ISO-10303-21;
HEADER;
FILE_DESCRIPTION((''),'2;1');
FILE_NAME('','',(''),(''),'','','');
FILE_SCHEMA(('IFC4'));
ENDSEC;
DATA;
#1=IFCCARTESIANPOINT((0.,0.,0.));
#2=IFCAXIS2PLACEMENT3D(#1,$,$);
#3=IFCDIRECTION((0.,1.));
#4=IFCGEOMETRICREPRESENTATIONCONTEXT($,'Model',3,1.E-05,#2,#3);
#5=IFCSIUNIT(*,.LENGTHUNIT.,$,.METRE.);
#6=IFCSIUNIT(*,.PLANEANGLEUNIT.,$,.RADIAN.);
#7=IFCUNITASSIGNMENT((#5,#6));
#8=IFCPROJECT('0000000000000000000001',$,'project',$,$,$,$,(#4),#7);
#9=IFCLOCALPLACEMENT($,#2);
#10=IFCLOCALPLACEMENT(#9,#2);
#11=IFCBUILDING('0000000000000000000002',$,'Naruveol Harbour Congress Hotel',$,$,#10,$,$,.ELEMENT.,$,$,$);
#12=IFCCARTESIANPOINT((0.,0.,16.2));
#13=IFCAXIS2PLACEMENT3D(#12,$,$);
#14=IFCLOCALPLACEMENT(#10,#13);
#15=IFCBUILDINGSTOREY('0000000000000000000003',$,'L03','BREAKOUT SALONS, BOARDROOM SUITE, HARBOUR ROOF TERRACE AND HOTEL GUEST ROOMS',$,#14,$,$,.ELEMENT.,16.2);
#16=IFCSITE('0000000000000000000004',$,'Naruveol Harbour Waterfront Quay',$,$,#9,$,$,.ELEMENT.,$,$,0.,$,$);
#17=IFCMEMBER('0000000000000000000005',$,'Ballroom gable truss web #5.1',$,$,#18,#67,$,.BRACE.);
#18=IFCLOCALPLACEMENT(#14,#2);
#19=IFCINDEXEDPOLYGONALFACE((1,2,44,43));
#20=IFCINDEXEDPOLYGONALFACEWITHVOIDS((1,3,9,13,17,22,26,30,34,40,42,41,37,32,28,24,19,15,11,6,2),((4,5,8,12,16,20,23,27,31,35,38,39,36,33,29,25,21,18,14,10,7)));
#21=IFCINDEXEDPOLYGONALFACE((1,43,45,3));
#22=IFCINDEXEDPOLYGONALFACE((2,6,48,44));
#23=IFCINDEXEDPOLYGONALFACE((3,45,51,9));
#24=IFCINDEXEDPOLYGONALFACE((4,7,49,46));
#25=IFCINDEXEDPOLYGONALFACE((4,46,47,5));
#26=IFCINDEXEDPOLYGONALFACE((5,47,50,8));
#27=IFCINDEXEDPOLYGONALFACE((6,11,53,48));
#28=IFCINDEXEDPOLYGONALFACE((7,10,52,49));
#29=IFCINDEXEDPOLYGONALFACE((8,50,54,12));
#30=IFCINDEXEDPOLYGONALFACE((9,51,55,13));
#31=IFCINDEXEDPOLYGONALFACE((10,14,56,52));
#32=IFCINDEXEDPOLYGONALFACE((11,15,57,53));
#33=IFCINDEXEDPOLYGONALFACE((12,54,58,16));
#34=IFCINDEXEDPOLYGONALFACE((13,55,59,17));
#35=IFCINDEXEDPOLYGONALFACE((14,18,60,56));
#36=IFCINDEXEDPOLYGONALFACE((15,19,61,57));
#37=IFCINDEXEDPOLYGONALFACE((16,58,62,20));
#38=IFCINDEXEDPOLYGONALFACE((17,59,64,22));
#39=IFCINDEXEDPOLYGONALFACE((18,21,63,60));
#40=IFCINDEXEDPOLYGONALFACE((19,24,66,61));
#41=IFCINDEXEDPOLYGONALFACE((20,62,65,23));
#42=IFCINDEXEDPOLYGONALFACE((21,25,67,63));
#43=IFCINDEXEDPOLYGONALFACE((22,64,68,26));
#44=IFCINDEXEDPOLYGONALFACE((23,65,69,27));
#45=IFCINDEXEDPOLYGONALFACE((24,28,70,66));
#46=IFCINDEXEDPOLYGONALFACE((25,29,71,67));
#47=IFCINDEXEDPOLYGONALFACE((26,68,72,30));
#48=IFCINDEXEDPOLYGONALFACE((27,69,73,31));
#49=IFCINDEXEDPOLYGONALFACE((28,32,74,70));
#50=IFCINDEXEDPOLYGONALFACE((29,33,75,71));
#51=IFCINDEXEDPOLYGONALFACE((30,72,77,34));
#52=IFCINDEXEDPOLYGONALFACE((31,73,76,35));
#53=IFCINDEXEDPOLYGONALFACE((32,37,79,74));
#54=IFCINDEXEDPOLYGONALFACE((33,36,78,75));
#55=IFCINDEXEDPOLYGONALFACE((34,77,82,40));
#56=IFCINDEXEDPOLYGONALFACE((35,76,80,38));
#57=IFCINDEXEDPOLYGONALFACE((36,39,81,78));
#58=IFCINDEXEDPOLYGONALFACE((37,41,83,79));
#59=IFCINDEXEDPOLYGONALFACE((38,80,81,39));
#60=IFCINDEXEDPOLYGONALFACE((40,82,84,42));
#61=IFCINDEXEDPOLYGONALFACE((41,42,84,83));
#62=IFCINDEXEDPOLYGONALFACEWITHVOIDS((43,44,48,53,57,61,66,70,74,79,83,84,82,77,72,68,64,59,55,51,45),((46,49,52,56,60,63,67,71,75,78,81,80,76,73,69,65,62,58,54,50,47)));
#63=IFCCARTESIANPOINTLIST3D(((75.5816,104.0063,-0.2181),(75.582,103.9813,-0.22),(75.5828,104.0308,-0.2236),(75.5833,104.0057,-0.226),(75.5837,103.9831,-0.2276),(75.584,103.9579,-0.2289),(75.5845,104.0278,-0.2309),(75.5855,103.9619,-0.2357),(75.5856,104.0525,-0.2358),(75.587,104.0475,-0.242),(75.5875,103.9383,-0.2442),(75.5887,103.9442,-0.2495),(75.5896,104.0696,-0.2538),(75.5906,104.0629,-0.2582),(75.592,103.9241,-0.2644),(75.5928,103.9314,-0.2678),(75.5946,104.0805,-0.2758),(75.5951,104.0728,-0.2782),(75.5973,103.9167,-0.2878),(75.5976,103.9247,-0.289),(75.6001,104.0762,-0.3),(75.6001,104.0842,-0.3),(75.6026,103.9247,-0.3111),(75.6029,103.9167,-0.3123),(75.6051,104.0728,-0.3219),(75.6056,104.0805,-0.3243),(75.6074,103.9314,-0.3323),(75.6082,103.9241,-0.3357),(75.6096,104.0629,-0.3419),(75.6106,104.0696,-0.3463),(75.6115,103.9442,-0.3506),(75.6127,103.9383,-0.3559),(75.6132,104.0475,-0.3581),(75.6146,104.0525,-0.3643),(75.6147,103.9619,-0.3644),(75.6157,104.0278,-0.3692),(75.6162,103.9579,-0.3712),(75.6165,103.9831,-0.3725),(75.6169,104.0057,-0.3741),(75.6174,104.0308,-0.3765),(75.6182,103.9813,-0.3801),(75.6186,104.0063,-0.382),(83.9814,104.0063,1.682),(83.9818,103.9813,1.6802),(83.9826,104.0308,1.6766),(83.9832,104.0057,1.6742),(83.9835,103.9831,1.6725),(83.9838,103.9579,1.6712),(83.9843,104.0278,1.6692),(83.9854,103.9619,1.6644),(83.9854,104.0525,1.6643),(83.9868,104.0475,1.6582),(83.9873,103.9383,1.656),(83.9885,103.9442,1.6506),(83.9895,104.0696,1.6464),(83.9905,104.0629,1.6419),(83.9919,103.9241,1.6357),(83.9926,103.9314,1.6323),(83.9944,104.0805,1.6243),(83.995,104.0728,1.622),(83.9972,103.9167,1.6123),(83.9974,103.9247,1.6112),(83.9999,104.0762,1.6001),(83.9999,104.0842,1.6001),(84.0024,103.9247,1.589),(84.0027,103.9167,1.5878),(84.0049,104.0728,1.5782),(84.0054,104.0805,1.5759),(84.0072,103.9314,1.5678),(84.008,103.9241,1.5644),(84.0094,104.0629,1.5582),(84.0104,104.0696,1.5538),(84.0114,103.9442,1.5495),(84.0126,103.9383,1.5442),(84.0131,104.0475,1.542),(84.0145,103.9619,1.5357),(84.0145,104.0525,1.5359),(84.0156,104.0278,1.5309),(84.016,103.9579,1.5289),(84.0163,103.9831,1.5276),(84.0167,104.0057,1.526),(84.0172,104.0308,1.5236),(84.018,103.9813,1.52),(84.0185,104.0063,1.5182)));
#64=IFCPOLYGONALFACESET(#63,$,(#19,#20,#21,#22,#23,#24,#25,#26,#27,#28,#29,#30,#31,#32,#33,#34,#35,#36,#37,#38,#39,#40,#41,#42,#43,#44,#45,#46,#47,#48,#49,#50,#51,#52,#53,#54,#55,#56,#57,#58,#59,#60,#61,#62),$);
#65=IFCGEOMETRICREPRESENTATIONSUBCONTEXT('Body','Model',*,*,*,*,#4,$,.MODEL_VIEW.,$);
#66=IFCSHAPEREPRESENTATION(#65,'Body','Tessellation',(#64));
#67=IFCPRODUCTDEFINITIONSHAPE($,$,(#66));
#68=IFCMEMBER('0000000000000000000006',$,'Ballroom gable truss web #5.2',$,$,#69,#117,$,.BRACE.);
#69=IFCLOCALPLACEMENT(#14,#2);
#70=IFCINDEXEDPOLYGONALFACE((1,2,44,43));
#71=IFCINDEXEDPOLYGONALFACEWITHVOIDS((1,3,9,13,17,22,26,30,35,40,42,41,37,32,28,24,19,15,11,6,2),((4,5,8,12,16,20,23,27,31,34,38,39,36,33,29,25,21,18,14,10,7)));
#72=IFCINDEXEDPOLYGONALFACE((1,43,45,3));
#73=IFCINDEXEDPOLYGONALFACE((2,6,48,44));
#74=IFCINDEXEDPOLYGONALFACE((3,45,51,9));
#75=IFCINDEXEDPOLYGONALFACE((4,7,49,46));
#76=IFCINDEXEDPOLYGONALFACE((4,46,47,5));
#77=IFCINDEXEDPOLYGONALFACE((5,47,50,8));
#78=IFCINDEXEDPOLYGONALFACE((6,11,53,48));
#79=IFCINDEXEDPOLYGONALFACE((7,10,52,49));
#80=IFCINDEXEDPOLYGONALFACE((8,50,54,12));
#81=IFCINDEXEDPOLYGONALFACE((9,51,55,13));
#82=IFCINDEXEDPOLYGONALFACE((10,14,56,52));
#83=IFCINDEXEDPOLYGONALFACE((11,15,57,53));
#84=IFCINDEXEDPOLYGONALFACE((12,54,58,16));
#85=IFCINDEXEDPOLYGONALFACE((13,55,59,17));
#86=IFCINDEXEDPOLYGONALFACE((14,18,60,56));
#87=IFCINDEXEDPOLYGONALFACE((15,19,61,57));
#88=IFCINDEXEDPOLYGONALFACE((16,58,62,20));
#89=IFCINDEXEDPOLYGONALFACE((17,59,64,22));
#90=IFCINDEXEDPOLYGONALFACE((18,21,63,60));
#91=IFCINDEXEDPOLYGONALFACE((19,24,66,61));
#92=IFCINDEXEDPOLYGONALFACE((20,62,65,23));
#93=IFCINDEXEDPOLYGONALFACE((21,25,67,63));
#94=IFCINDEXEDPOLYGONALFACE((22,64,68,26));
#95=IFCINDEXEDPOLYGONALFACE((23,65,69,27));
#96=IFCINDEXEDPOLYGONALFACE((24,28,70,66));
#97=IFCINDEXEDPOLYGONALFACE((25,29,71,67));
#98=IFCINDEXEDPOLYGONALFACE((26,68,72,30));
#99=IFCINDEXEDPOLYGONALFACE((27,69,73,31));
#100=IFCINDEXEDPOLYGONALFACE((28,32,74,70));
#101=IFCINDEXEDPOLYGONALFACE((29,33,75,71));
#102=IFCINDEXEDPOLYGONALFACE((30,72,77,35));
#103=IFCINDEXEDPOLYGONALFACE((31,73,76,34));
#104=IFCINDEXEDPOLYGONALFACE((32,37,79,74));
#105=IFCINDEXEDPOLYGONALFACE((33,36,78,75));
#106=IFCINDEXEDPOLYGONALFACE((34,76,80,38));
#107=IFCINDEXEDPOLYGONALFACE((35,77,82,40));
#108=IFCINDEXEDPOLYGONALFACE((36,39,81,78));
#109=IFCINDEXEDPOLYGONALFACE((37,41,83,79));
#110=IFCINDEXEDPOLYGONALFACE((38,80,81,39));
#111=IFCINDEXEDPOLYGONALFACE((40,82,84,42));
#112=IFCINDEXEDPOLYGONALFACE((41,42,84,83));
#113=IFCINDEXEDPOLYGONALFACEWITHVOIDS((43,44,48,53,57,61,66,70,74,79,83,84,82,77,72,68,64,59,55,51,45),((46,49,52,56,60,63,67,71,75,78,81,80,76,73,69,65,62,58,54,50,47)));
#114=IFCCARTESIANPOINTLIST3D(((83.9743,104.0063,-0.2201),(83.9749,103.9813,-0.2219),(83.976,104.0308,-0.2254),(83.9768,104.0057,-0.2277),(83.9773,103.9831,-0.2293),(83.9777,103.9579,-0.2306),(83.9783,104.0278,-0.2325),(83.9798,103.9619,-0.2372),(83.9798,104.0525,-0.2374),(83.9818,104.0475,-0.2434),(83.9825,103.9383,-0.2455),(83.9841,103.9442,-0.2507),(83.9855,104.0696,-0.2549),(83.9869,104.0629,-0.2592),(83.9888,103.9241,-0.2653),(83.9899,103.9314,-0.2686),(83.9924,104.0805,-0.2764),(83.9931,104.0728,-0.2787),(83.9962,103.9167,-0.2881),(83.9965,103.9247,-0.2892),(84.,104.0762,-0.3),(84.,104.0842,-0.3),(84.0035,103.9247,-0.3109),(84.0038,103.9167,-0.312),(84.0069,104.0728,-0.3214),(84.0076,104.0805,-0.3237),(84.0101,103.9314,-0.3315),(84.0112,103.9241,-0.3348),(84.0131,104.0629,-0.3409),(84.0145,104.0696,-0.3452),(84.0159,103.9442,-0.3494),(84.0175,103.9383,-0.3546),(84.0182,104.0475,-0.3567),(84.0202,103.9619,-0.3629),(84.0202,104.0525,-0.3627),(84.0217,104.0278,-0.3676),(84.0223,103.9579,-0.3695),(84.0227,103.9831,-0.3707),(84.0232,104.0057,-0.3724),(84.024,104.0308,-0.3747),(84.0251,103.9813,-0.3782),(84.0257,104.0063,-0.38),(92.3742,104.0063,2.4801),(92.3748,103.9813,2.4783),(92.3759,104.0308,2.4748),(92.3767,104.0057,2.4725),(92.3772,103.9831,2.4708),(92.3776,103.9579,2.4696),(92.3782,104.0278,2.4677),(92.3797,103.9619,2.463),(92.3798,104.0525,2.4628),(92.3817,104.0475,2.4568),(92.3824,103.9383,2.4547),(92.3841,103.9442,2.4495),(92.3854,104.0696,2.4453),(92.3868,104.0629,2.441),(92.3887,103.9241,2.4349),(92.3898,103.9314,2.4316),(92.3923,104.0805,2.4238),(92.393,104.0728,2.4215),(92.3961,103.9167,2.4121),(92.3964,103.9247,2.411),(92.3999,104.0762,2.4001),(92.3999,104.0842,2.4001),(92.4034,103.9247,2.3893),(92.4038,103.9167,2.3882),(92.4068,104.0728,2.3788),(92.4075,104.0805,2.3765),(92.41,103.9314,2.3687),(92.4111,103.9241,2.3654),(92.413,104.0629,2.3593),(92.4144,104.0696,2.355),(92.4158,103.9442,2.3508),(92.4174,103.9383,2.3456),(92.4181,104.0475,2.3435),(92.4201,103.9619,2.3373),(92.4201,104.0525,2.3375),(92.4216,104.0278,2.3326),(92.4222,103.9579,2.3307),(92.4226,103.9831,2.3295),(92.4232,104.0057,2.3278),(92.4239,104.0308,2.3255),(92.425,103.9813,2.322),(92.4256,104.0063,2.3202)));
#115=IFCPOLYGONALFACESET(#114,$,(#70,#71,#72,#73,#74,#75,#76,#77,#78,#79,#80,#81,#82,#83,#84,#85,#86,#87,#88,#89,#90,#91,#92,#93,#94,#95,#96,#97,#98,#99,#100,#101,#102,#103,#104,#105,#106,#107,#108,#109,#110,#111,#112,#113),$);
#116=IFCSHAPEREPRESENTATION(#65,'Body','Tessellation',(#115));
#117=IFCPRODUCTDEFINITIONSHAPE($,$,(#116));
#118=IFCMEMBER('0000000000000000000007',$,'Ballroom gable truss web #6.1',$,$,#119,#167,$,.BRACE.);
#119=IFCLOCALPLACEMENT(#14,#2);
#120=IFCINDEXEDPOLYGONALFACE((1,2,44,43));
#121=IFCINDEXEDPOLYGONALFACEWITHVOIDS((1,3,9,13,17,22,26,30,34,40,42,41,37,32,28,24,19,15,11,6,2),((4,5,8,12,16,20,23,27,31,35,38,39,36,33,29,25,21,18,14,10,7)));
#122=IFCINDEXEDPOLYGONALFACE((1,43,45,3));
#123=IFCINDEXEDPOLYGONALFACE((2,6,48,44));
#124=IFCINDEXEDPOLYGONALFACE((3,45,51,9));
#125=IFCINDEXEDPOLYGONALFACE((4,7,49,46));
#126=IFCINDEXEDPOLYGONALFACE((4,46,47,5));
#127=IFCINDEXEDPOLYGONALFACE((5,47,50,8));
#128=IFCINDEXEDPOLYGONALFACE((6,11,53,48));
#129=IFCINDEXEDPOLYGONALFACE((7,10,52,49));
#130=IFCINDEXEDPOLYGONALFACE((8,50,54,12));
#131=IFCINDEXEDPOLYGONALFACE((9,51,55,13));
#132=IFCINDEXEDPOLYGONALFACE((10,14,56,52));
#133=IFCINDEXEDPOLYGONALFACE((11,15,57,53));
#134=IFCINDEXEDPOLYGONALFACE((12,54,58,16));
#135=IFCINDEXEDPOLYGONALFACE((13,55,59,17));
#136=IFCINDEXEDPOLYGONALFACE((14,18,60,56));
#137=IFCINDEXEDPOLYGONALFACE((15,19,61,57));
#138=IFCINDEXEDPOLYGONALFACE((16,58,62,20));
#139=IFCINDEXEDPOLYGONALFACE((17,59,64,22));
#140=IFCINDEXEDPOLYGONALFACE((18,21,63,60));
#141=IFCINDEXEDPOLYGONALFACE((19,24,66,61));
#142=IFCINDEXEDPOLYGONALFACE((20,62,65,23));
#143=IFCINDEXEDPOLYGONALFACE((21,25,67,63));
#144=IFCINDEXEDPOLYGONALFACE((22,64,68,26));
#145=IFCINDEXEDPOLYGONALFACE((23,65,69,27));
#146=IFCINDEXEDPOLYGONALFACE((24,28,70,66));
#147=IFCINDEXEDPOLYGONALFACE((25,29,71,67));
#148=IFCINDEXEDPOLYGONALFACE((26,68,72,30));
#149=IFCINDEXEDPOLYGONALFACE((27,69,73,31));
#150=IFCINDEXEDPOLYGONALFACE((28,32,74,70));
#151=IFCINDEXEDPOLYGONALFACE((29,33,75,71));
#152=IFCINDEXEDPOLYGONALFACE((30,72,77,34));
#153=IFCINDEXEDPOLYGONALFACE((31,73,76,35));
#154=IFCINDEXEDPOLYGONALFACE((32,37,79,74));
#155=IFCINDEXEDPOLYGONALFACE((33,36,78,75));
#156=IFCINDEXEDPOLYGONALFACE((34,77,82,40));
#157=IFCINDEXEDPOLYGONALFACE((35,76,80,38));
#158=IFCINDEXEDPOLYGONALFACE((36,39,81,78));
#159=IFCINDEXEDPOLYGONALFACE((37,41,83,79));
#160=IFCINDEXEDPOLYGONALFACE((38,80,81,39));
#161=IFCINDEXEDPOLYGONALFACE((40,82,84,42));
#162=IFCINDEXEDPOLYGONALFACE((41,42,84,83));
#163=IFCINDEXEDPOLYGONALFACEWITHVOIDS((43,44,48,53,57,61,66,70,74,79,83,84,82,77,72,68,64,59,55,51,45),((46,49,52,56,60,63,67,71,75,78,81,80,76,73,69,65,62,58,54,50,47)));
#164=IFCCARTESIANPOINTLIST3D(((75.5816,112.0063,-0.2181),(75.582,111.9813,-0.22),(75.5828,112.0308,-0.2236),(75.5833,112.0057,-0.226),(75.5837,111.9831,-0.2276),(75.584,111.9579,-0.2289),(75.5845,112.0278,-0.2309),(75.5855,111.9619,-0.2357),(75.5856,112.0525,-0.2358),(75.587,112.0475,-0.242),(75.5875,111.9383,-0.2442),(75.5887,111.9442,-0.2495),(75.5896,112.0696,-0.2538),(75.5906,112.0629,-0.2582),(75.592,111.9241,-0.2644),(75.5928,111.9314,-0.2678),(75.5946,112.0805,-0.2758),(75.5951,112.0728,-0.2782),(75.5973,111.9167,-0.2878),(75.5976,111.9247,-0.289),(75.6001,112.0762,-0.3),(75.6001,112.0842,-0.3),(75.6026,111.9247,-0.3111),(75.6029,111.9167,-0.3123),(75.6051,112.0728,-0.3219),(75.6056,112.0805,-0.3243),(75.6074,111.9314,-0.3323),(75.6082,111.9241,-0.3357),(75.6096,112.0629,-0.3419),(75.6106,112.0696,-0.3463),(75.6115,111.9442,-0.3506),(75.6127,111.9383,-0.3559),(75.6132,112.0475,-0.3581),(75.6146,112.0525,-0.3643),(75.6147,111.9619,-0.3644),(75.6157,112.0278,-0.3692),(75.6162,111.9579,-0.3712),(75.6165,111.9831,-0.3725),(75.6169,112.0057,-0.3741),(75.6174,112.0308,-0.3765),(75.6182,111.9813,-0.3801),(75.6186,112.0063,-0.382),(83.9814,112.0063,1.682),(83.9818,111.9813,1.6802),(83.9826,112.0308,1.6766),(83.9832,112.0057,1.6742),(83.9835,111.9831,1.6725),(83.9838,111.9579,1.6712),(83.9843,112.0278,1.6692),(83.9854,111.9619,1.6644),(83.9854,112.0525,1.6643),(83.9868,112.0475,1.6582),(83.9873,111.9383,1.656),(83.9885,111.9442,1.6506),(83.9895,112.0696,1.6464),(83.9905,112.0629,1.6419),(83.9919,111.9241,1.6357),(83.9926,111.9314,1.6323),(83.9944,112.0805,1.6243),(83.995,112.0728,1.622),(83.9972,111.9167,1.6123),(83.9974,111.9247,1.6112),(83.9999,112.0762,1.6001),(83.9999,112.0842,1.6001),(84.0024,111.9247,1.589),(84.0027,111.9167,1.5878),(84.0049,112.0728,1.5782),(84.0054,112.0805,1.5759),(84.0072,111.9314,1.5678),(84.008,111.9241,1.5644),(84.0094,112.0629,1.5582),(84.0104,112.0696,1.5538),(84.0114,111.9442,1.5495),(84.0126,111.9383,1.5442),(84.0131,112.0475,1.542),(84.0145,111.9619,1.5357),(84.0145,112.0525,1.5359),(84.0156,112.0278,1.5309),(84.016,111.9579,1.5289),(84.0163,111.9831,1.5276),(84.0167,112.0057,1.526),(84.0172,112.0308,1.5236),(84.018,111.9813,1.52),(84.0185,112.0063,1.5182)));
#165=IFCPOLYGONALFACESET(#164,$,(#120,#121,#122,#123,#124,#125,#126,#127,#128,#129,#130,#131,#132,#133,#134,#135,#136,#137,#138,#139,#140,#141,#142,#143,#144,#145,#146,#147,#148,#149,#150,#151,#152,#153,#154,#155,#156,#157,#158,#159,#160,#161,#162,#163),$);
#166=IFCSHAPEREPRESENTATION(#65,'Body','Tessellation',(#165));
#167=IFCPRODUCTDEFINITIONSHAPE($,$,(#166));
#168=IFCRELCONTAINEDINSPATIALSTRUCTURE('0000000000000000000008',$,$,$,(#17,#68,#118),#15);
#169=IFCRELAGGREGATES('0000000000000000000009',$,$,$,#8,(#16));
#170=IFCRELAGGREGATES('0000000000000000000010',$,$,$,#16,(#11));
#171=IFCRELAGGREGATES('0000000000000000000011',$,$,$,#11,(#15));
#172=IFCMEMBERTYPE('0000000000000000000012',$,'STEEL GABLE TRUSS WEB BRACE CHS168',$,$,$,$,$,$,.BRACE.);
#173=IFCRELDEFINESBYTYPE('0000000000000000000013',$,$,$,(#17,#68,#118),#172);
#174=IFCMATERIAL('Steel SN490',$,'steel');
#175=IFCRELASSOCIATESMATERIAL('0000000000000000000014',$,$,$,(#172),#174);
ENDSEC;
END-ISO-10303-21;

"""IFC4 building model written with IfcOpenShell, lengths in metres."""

from ifc_helpers import new_model, si_unit, direction, frame, origin, origin_2d, place, context, subcontext, project, spatial, hollow_circle, extrude, material, material_profile, profile_set, type_object, element, save


model = new_model("IFC4")

# Units and contexts
model_context = context("Model", 3, precision=1e-05, world=origin(), true_north=direction((0.0, 1.0)))
body_context = subcontext(model_context, "Body", "Model", "MODEL_VIEW")
ifc_project = project(units=[si_unit("LENGTHUNIT", "METRE"), si_unit("PLANEANGLEUNIT", "RADIAN")], contexts=[model_context])

# Site, building, storey
site_placement = place(None, origin())
site = spatial("IfcSite", under=ifc_project, at=site_placement, Name="Naruveol Harbour Waterfront Quay", CompositionType="ELEMENT", RefElevation=0.0)
building_placement = place(site_placement, origin())
building = spatial("IfcBuilding", under=site, at=building_placement, Name="Naruveol Harbour Congress Hotel", CompositionType="ELEMENT")
storey_placement = place(building_placement, frame((0.0, 0.0, 16.2)))
storey = spatial("IfcBuildingStorey", under=building, at=storey_placement, Name="L03", Description="BREAKOUT SALONS, BOARDROOM SUITE, HARBOUR ROOF TERRACE AND HOTEL GUEST ROOMS", CompositionType="ELEMENT", Elevation=16.2)

# Members
ifc_material_1 = material(Name="Steel SN490", Category="steel")
ifc_material_profile_1 = material_profile(ifc_material_1, hollow_circle(Radius=0.0842, WallThickness=0.0081, at=origin_2d()), Name="CHS-168.3x8")
ifc_profile_set_1 = profile_set([ifc_material_profile_1], Name="Steel SN490")
member_type_1 = type_object("IfcMemberType", Name="STEEL GABLE TRUSS WEB BRACE CHS168", PredefinedType="BRACE", material=ifc_profile_set_1)
member_1_placement = place(storey_placement, frame((75.6001, 104.0, -0.3), z_axis=(0.975356, 0.0, 0.220636), x_axis=(0.0, 1.0, 0.0)))
element("IfcMember", 1, at=member_1_placement, inside=storey, type_object=member_type_1, Name="Ballroom gable truss web #5.1", PredefinedType="BRACE", context=body_context, shape_type="SweptSolid", body=[
    extrude(hollow_circle(Radius=0.0842, WallThickness=0.0081, at=origin_2d()), origin(), (0.0, 0.0, 1.0), 8.6121),
])
member_2_placement = place(storey_placement, frame((84.0, 104.0, -0.3), z_axis=(0.952021, 0.0, 0.306032), x_axis=(0.0, 1.0, 0.0)))
element("IfcMember", 2, at=member_2_placement, inside=storey, type_object=member_type_1, Name="Ballroom gable truss web #5.2", PredefinedType="BRACE", context=body_context, shape_type="SweptSolid", body=[
    extrude(hollow_circle(Radius=0.0842, WallThickness=0.0081, at=origin_2d()), origin(), (0.0, 0.0, 1.0), 8.8232),
])
member_3_placement = place(storey_placement, frame((75.6001, 112.0, -0.3), z_axis=(0.975356, 0.0, 0.220636), x_axis=(0.0, 1.0, 0.0)))
element("IfcMember", 3, at=member_3_placement, inside=storey, type_object=member_type_1, Name="Ballroom gable truss web #6.1", PredefinedType="BRACE", context=body_context, shape_type="SweptSolid", body=[
    extrude(hollow_circle(Radius=0.0842, WallThickness=0.0081, at=origin_2d()), origin(), (0.0, 0.0, 1.0), 8.6121),
])

save(model, "model.ifc")
